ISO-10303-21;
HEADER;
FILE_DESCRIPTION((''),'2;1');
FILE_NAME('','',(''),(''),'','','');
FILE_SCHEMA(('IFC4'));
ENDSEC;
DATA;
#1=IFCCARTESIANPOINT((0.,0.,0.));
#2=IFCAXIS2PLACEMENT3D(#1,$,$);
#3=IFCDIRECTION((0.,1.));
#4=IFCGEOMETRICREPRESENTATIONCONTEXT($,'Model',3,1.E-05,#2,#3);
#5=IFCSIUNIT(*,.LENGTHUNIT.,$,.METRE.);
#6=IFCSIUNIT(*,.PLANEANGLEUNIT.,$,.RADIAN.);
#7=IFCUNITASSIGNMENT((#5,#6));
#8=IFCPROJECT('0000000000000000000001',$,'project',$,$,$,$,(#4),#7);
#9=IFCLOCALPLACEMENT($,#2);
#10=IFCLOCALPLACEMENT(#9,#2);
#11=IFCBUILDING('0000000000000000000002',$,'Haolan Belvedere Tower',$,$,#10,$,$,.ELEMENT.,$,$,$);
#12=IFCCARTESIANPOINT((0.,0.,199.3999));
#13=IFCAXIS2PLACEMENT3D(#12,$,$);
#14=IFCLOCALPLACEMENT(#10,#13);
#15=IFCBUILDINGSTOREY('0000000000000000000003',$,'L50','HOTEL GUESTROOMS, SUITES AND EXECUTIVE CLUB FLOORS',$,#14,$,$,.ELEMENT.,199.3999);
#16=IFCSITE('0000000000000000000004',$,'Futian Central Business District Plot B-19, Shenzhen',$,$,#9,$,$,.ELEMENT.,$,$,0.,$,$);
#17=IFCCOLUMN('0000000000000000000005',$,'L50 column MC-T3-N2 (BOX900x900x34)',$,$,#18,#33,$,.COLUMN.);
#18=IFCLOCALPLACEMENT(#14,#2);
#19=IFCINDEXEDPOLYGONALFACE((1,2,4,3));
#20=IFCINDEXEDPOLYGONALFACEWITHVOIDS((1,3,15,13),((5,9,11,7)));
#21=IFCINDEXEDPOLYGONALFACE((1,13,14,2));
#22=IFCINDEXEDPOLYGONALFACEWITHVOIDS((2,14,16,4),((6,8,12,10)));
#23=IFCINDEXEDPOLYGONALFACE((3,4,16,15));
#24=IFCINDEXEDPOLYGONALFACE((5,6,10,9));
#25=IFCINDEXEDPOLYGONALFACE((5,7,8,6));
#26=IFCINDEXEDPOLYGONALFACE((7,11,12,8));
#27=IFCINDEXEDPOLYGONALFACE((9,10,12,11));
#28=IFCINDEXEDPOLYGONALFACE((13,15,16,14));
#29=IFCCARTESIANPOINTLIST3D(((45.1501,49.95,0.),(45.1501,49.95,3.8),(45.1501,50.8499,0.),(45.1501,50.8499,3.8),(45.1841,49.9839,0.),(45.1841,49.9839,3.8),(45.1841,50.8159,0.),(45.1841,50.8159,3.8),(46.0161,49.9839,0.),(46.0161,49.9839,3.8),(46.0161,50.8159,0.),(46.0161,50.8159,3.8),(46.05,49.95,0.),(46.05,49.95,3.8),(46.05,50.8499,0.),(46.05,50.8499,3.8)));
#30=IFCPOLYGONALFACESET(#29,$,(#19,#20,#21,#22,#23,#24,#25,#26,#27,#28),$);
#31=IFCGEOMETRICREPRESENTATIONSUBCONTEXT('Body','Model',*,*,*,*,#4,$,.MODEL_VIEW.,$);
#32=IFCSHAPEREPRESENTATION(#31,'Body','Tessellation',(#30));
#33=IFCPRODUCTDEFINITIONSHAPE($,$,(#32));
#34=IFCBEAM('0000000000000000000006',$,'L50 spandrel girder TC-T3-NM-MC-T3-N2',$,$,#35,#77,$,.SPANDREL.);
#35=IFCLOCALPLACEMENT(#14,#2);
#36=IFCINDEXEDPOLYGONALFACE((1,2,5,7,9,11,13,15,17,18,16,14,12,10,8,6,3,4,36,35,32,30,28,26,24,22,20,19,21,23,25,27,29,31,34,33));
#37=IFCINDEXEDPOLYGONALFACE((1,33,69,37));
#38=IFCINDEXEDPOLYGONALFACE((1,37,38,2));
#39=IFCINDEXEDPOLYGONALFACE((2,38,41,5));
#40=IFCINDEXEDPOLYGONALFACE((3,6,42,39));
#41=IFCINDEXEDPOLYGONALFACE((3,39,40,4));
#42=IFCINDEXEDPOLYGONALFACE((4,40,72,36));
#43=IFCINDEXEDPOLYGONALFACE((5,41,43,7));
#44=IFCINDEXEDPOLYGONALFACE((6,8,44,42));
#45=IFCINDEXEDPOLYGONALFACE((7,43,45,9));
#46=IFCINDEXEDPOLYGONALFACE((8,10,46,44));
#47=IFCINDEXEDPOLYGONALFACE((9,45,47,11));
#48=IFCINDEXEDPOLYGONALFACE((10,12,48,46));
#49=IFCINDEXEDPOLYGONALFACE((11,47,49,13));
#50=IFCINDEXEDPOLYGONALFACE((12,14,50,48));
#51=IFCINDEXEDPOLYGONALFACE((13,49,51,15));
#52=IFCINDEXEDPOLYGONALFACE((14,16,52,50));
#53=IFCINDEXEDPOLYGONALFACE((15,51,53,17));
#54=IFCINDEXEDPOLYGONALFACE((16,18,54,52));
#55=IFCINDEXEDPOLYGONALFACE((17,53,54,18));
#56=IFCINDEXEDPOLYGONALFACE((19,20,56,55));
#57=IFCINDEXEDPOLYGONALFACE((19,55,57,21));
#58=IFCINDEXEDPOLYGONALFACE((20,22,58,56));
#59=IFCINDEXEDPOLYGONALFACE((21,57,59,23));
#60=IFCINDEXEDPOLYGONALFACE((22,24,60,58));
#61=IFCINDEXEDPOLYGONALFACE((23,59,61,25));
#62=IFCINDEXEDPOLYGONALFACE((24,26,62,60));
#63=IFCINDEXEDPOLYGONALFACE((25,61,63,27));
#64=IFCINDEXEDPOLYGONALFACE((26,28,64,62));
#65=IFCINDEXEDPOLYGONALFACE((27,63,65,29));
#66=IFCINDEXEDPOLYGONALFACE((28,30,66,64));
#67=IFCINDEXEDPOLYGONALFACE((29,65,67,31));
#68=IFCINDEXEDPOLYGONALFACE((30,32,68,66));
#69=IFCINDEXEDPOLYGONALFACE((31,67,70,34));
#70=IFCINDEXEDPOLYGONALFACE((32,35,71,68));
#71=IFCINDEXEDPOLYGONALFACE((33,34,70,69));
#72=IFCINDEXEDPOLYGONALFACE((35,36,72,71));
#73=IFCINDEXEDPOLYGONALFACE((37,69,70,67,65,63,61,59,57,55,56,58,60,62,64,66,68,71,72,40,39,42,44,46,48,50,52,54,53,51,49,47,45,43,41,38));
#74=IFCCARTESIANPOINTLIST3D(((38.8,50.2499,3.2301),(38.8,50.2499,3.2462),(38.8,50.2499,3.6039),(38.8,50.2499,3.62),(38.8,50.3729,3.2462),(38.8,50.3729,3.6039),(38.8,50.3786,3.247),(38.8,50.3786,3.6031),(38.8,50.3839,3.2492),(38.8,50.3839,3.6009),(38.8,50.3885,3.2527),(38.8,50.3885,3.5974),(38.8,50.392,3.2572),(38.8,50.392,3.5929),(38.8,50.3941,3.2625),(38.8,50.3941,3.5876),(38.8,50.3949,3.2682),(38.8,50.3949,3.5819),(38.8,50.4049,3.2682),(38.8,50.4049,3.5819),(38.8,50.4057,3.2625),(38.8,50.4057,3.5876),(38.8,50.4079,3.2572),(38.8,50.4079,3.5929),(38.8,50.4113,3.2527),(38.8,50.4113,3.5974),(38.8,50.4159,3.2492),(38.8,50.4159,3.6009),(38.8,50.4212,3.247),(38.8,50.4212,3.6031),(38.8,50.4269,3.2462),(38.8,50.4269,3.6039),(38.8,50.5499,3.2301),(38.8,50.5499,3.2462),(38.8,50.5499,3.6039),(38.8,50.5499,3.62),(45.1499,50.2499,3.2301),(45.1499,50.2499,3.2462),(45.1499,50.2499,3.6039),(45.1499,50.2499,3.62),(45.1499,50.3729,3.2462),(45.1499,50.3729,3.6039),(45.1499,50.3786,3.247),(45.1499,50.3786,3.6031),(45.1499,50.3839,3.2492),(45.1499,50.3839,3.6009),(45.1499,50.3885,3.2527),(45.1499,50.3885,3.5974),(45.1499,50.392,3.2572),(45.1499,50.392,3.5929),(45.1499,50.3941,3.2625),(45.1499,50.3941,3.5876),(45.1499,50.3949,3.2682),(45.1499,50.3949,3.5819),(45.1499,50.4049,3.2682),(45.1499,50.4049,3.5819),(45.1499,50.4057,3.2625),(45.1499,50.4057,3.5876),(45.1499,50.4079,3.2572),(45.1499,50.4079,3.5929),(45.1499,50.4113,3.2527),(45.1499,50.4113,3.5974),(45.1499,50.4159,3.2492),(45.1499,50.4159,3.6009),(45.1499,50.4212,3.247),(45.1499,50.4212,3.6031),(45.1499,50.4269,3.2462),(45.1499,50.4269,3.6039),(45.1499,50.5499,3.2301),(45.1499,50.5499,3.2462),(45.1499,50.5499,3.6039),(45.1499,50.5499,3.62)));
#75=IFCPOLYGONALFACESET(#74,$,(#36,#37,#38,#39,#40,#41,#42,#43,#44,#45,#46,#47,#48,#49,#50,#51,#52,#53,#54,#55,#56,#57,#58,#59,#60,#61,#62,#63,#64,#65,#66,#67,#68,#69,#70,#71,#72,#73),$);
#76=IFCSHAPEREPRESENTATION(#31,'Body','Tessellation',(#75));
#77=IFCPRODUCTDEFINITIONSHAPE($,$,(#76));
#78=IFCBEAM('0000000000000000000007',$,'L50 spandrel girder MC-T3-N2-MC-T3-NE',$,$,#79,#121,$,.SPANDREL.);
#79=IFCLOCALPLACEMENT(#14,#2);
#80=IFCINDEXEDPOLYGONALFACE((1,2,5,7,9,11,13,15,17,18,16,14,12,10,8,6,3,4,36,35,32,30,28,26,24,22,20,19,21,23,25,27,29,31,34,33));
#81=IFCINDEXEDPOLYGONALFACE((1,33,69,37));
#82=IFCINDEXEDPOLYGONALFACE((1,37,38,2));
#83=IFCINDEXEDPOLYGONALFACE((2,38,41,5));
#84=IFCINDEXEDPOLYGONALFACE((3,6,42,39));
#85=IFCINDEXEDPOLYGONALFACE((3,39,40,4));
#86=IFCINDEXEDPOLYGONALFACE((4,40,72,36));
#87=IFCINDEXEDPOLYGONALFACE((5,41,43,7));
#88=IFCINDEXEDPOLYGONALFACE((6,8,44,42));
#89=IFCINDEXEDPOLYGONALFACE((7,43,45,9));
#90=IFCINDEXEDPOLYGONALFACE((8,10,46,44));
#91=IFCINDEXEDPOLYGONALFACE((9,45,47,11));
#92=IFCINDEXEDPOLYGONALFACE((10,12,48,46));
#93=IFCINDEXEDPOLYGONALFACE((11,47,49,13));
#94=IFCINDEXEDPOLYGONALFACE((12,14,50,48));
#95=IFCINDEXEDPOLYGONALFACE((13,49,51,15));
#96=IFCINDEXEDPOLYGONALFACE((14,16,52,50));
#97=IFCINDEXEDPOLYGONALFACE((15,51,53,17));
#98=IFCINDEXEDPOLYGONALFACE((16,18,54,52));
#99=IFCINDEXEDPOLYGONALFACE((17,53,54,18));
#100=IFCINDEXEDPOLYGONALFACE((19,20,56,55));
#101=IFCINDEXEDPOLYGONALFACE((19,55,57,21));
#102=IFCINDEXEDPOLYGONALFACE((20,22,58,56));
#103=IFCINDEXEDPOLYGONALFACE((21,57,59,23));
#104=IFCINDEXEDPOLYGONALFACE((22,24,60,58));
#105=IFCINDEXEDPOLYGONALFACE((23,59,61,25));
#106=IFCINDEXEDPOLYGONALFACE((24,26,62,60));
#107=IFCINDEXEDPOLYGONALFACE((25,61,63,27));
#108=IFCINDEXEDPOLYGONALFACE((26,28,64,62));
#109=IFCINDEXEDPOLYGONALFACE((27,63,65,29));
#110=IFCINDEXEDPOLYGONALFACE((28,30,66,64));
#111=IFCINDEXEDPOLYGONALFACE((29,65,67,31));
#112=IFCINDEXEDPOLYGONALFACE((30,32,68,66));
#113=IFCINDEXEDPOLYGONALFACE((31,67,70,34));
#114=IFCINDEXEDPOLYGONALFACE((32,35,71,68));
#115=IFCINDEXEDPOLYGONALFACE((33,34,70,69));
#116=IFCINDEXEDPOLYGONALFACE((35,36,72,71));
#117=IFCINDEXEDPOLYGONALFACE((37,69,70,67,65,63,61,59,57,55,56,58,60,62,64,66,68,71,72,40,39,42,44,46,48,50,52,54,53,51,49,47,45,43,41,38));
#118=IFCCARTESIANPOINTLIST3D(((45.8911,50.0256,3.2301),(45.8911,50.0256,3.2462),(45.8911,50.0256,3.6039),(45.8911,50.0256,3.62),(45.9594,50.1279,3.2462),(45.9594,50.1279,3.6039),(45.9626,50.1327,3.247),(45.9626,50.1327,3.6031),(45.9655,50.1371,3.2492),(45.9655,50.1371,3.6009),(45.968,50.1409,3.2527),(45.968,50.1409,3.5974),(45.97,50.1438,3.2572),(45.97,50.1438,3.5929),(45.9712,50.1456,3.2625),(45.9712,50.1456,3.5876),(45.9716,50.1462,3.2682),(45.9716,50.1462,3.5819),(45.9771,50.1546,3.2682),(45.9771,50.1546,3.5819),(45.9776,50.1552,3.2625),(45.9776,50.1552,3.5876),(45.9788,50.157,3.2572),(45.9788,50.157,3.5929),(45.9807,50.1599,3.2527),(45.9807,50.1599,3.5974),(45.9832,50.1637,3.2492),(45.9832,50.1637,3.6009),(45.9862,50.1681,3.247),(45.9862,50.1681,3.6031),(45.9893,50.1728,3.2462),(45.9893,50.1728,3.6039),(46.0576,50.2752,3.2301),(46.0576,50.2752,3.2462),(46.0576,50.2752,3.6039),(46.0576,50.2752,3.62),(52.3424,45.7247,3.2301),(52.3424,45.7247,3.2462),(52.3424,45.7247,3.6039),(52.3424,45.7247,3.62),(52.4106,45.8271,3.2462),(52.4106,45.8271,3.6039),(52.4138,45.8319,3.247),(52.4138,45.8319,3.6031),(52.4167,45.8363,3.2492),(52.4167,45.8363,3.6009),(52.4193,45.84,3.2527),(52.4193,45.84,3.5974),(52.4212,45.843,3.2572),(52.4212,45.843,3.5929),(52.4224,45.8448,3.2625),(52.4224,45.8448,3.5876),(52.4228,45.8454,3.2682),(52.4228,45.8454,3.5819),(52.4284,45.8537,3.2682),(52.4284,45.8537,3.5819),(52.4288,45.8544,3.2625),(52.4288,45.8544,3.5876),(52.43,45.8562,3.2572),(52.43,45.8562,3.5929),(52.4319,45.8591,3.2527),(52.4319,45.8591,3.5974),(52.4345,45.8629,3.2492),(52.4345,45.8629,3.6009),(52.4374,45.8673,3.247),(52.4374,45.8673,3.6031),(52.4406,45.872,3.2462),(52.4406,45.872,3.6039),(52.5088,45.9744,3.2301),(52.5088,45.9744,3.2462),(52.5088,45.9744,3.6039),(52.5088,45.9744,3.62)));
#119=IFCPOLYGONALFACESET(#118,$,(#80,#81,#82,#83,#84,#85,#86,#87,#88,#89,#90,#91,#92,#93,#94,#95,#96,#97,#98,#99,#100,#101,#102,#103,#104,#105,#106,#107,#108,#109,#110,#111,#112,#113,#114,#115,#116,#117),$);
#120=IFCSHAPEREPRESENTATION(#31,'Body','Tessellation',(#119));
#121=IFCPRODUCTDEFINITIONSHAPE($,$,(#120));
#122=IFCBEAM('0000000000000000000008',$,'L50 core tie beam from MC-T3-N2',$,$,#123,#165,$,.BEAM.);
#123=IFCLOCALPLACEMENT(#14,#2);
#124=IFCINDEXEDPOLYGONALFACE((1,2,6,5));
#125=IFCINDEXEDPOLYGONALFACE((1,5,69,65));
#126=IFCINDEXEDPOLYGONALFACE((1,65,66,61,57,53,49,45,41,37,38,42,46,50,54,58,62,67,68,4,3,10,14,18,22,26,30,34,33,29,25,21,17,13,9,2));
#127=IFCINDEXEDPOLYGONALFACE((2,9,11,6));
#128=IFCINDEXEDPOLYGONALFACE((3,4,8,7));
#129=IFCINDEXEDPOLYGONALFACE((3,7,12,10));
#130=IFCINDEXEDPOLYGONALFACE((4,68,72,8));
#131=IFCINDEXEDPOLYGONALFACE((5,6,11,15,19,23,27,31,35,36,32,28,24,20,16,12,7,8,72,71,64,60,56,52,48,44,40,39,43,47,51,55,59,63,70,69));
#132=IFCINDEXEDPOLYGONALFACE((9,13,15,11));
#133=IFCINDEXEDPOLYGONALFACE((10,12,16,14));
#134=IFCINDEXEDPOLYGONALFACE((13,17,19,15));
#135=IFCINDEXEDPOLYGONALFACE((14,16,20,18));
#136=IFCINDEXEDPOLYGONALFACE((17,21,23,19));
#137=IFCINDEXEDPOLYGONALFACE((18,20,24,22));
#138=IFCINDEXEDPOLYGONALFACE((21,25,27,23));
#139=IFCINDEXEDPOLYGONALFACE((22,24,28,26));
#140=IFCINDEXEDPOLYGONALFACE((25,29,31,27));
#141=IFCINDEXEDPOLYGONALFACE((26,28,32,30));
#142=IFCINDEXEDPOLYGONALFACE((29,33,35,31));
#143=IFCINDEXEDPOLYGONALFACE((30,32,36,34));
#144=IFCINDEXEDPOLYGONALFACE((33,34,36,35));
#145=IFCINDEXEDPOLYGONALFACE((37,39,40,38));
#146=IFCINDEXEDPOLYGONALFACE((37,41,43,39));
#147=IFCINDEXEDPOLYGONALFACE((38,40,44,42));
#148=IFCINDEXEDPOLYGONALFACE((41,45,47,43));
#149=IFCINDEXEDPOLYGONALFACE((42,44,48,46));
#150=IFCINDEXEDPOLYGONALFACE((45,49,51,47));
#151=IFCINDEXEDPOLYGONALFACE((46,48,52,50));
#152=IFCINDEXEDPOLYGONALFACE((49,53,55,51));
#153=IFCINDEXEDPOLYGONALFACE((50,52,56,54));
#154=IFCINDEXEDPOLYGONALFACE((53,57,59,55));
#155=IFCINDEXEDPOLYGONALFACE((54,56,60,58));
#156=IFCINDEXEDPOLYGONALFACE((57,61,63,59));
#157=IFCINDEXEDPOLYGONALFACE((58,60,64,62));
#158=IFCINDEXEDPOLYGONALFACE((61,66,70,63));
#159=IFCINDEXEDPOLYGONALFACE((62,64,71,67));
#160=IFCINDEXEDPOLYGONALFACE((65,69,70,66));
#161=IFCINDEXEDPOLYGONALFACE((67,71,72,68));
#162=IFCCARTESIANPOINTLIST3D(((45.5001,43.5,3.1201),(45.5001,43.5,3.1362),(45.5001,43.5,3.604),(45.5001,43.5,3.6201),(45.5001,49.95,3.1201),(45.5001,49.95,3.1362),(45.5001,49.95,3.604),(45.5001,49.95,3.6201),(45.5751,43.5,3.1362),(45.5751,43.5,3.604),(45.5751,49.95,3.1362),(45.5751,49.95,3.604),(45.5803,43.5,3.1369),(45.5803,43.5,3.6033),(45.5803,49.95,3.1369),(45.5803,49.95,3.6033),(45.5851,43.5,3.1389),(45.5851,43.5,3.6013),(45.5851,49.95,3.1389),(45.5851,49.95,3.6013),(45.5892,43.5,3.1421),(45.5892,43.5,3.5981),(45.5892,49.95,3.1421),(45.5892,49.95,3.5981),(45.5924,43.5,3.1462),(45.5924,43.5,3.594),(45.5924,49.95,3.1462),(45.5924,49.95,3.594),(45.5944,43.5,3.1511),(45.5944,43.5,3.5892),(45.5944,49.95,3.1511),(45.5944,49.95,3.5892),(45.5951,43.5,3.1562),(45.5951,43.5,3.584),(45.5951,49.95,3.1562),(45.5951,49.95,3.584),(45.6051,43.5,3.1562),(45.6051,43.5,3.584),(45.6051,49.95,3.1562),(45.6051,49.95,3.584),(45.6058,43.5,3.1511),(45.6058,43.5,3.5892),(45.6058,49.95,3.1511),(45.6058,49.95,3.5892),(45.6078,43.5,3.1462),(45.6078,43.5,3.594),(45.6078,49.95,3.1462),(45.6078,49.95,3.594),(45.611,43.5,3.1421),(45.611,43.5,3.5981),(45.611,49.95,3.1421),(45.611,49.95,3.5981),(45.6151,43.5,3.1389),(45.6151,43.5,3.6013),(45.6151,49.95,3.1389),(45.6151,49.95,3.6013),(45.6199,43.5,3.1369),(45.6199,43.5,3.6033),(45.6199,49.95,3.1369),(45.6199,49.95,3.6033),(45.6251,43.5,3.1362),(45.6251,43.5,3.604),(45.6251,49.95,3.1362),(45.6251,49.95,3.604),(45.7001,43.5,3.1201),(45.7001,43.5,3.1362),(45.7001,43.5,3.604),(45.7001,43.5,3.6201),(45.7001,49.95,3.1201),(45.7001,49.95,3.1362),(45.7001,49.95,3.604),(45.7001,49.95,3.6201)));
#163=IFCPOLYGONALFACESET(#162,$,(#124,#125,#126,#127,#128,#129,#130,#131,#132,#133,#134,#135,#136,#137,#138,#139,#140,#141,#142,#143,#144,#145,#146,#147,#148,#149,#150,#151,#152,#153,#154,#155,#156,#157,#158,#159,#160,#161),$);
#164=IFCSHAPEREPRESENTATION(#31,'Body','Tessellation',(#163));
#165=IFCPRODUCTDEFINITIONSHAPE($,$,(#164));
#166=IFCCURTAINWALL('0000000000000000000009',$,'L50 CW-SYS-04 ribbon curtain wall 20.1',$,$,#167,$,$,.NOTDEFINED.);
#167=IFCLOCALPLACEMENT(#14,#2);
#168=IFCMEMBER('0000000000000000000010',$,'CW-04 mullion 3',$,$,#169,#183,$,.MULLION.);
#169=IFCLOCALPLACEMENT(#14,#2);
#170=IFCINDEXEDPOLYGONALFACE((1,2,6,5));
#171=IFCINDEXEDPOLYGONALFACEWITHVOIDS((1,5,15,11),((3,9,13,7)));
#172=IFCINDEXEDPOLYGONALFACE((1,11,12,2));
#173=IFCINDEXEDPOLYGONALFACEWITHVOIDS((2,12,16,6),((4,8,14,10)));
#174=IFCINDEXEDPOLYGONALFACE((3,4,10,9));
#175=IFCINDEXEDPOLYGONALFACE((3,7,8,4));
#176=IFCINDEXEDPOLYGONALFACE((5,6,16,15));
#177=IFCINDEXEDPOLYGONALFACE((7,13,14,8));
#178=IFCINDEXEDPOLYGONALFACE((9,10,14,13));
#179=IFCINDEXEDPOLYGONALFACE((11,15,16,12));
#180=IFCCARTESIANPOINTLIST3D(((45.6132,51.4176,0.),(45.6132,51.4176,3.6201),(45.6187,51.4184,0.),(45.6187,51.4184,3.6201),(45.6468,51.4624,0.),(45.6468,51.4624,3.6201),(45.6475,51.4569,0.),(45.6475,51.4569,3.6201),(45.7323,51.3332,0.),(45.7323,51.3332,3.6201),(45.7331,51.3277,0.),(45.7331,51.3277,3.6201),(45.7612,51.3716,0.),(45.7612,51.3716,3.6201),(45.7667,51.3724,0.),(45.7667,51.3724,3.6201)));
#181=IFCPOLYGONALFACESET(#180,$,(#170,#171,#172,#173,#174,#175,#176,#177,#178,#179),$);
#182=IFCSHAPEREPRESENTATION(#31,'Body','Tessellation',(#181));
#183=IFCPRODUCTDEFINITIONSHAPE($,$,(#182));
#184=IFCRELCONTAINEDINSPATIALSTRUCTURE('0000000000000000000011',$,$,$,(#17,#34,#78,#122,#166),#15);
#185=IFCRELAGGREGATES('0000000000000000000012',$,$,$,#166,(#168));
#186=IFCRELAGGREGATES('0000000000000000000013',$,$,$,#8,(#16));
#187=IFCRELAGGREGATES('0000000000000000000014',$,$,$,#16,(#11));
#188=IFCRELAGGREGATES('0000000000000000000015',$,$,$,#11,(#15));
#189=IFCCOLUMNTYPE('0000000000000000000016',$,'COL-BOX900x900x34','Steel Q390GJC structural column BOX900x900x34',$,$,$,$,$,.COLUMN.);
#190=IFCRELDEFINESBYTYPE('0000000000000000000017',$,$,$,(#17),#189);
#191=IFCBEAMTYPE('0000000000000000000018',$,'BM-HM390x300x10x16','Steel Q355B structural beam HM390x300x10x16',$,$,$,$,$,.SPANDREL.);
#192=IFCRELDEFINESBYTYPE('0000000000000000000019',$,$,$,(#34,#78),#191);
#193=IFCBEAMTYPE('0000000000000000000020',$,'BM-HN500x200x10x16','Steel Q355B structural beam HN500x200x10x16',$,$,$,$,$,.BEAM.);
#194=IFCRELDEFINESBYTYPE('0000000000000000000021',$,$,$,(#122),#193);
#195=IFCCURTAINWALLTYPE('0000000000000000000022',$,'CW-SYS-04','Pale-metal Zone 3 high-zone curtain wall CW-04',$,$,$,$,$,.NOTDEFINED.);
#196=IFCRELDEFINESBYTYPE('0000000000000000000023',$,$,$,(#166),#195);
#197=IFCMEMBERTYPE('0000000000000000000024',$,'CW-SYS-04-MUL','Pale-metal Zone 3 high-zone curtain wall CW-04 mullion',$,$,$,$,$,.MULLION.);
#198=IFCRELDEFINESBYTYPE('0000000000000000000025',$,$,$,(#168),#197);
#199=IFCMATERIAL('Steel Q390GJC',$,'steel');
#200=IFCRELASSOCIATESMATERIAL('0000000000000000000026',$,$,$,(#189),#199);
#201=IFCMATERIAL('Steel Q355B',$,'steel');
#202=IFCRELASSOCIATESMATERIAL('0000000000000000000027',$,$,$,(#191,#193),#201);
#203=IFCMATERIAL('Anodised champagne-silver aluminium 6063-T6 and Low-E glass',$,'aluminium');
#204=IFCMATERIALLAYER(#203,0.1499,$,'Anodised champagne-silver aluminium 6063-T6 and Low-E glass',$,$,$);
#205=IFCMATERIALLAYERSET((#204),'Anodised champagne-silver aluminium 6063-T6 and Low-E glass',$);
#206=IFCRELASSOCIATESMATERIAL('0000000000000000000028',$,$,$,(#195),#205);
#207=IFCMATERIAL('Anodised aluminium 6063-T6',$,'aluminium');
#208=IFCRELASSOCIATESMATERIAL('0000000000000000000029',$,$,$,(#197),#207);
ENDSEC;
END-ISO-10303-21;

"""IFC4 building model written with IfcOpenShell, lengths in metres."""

from ifc_helpers import new_model, si_unit, direction, frame, origin, origin_2d, place, context, subcontext, project, spatial, hollow_rectangle, i_section, extrude, material, layer, layer_set, material_profile, profile_set, type_object, element, aggregate, save


model = new_model("IFC4")

# Units and contexts
model_context = context("Model", 3, precision=1e-05, world=origin(), true_north=direction((0.0, 1.0)))
body_context = subcontext(model_context, "Body", "Model", "MODEL_VIEW")
ifc_project = project(units=[si_unit("LENGTHUNIT", "METRE"), si_unit("PLANEANGLEUNIT", "RADIAN")], contexts=[model_context])

# Site, building, storey
site_placement = place(None, origin())
site = spatial("IfcSite", under=ifc_project, at=site_placement, Name="Futian Central Business District Plot B-19, Shenzhen", CompositionType="ELEMENT", RefElevation=0.0)
building_placement = place(site_placement, origin())
building = spatial("IfcBuilding", under=site, at=building_placement, Name="Haolan Belvedere Tower", CompositionType="ELEMENT")
storey_placement = place(building_placement, frame((0.0, 0.0, 199.3999)))
storey = spatial("IfcBuildingStorey", under=building, at=storey_placement, Name="L50", Description="HOTEL GUESTROOMS, SUITES AND EXECUTIVE CLUB FLOORS", CompositionType="ELEMENT", Elevation=199.3999)

# Column
ifc_material_1 = material(Name="Steel Q390GJC", Category="steel")
ifc_material_profile_1 = material_profile(ifc_material_1, hollow_rectangle(XDim=0.8999, YDim=0.8999, WallThickness=0.0339, at=origin_2d()), Name="Steel Q390GJC")
ifc_profile_set_1 = profile_set([ifc_material_profile_1], Name="Steel Q390GJC")
column_type = type_object("IfcColumnType", Name="COL-BOX900x900x34", Description="Steel Q390GJC structural column BOX900x900x34", PredefinedType="COLUMN", material=ifc_profile_set_1)
column_placement = place(storey_placement, frame((45.6001, 50.3999, 0.0), z_axis=(0.0, 0.0, 1.0), x_axis=(1.0, 0.0, 0.0)))
element("IfcColumn", 1, at=column_placement, inside=storey, type_object=column_type, Name="L50 column MC-T3-N2 (BOX900x900x34)", PredefinedType="COLUMN", context=body_context, shape_type="SweptSolid", body=[
    extrude(hollow_rectangle(XDim=0.8999, YDim=0.8999, WallThickness=0.0339, at=origin_2d()), origin(), (0.0, 0.0, 1.0), 3.8),
])

# Beams
ifc_material_2 = material(Name="Steel Q355B", Category="steel")
ifc_material_profile_2 = material_profile(ifc_material_2, i_section(OverallWidth=0.3, OverallDepth=0.3899, WebThickness=0.01, FlangeThickness=0.0161, FilletRadius=0.022, at=origin_2d()), Name="Steel Q355B")
ifc_profile_set_2 = profile_set([ifc_material_profile_2], Name="Steel Q355B")
beam_type_1 = type_object("IfcBeamType", Name="BM-HM390x300x10x16", Description="Steel Q355B structural beam HM390x300x10x16", PredefinedType="SPANDREL", material=ifc_profile_set_2)
beam_1_placement = place(storey_placement, frame((38.8, 50.3999, 3.425), z_axis=(1.0, 0.0, 0.0), x_axis=(0.0, 1.0, 0.0)))
element("IfcBeam", 2, at=beam_1_placement, inside=storey, type_object=beam_type_1, Name="L50 spandrel girder TC-T3-NM-MC-T3-N2", PredefinedType="SPANDREL", context=body_context, shape_type="SweptSolid", body=[
    extrude(i_section(OverallWidth=0.3, OverallDepth=0.3899, WebThickness=0.01, FlangeThickness=0.0161, FilletRadius=0.022, at=origin_2d()), origin(), (0.0, 0.0, 1.0), 6.3499),
])
beam_2_placement = place(storey_placement, frame((45.9744, 50.1504, 3.425), z_axis=(0.83205, -0.5547, 0.0), x_axis=(0.5547, 0.83205, 0.0)))
element("IfcBeam", 3, at=beam_2_placement, inside=storey, type_object=beam_type_1, Name="L50 spandrel girder MC-T3-N2-MC-T3-NE", PredefinedType="SPANDREL", context=body_context, shape_type="SweptSolid", body=[
    extrude(i_section(OverallWidth=0.3, OverallDepth=0.3899, WebThickness=0.01, FlangeThickness=0.0161, FilletRadius=0.022, at=origin_2d()), origin(), (0.0, 0.0, 1.0), 7.7534),
])
ifc_material_profile_3 = material_profile(ifc_material_2, i_section(OverallWidth=0.2, OverallDepth=0.5, WebThickness=0.01, FlangeThickness=0.0161, FilletRadius=0.02, at=origin_2d()), Name="Steel Q355B")
ifc_profile_set_3 = profile_set([ifc_material_profile_3], Name="Steel Q355B")
beam_type_2 = type_object("IfcBeamType", Name="BM-HN500x200x10x16", Description="Steel Q355B structural beam HN500x200x10x16", PredefinedType="BEAM", material=ifc_profile_set_3)
beam_3_placement = place(storey_placement, frame((45.6001, 49.95, 3.3701), z_axis=(0.0, -1.0, 0.0), x_axis=(1.0, 0.0, 0.0)))
element("IfcBeam", 4, at=beam_3_placement, inside=storey, type_object=beam_type_2, Name="L50 core tie beam from MC-T3-N2", PredefinedType="BEAM", context=body_context, shape_type="SweptSolid", body=[
    extrude(i_section(OverallWidth=0.2, OverallDepth=0.5, WebThickness=0.01, FlangeThickness=0.0161, FilletRadius=0.02, at=origin_2d()), origin(), (0.0, 0.0, 1.0), 6.45),
])

# Curtain wall, member
ifc_material_3 = material(Name="Anodised champagne-silver aluminium 6063-T6 and Low-E glass", Category="aluminium")
ifc_layer_1 = layer(ifc_material_3, 0.1499, Name="Anodised champagne-silver aluminium 6063-T6 and Low-E glass")
ifc_layer_set_1 = layer_set([ifc_layer_1], Name="Anodised champagne-silver aluminium 6063-T6 and Low-E glass")
curtain_wall_type = type_object("IfcCurtainWallType", Name="CW-SYS-04", Description="Pale-metal Zone 3 high-zone curtain wall CW-04", PredefinedType="NOTDEFINED", material=ifc_layer_set_1)
curtain_wall_1_placement = place(storey_placement, origin())
curtain_wall_1 = element("IfcCurtainWall", 5, at=curtain_wall_1_placement, inside=storey, type_object=curtain_wall_type, Name="L50 CW-SYS-04 ribbon curtain wall 20.1", PredefinedType="NOTDEFINED")
ifc_material_4 = material(Name="Anodised aluminium 6063-T6", Category="aluminium")
ifc_material_profile_4 = material_profile(ifc_material_4, hollow_rectangle(XDim=0.0559, YDim=0.1499, WallThickness=0.0039, at=origin_2d()), Name="Anodised aluminium 6063-T6")
ifc_profile_set_4 = profile_set([ifc_material_profile_4], Name="Anodised aluminium 6063-T6")
member_type_1 = type_object("IfcMemberType", Name="CW-SYS-04-MUL", Description="Pale-metal Zone 3 high-zone curtain wall CW-04 mullion", PredefinedType="MULLION", material=ifc_profile_set_4)
member_1_placement = place(storey_placement, frame((45.6899, 51.395, 0.0), z_axis=(0.0, 0.0, 1.0), x_axis=(-0.600003, -0.799998, 0.0)))
member_1 = element("IfcMember", 6, at=member_1_placement, type_object=member_type_1, Name="CW-04 mullion 3", PredefinedType="MULLION", context=body_context, shape_type="SweptSolid", body=[
    extrude(hollow_rectangle(XDim=0.0559, YDim=0.1499, WallThickness=0.0039, at=origin_2d()), origin(), (0.0, 0.0, 1.0), 3.6201),
])

aggregate(curtain_wall_1, [member_1])

save(model, "model.ifc")
